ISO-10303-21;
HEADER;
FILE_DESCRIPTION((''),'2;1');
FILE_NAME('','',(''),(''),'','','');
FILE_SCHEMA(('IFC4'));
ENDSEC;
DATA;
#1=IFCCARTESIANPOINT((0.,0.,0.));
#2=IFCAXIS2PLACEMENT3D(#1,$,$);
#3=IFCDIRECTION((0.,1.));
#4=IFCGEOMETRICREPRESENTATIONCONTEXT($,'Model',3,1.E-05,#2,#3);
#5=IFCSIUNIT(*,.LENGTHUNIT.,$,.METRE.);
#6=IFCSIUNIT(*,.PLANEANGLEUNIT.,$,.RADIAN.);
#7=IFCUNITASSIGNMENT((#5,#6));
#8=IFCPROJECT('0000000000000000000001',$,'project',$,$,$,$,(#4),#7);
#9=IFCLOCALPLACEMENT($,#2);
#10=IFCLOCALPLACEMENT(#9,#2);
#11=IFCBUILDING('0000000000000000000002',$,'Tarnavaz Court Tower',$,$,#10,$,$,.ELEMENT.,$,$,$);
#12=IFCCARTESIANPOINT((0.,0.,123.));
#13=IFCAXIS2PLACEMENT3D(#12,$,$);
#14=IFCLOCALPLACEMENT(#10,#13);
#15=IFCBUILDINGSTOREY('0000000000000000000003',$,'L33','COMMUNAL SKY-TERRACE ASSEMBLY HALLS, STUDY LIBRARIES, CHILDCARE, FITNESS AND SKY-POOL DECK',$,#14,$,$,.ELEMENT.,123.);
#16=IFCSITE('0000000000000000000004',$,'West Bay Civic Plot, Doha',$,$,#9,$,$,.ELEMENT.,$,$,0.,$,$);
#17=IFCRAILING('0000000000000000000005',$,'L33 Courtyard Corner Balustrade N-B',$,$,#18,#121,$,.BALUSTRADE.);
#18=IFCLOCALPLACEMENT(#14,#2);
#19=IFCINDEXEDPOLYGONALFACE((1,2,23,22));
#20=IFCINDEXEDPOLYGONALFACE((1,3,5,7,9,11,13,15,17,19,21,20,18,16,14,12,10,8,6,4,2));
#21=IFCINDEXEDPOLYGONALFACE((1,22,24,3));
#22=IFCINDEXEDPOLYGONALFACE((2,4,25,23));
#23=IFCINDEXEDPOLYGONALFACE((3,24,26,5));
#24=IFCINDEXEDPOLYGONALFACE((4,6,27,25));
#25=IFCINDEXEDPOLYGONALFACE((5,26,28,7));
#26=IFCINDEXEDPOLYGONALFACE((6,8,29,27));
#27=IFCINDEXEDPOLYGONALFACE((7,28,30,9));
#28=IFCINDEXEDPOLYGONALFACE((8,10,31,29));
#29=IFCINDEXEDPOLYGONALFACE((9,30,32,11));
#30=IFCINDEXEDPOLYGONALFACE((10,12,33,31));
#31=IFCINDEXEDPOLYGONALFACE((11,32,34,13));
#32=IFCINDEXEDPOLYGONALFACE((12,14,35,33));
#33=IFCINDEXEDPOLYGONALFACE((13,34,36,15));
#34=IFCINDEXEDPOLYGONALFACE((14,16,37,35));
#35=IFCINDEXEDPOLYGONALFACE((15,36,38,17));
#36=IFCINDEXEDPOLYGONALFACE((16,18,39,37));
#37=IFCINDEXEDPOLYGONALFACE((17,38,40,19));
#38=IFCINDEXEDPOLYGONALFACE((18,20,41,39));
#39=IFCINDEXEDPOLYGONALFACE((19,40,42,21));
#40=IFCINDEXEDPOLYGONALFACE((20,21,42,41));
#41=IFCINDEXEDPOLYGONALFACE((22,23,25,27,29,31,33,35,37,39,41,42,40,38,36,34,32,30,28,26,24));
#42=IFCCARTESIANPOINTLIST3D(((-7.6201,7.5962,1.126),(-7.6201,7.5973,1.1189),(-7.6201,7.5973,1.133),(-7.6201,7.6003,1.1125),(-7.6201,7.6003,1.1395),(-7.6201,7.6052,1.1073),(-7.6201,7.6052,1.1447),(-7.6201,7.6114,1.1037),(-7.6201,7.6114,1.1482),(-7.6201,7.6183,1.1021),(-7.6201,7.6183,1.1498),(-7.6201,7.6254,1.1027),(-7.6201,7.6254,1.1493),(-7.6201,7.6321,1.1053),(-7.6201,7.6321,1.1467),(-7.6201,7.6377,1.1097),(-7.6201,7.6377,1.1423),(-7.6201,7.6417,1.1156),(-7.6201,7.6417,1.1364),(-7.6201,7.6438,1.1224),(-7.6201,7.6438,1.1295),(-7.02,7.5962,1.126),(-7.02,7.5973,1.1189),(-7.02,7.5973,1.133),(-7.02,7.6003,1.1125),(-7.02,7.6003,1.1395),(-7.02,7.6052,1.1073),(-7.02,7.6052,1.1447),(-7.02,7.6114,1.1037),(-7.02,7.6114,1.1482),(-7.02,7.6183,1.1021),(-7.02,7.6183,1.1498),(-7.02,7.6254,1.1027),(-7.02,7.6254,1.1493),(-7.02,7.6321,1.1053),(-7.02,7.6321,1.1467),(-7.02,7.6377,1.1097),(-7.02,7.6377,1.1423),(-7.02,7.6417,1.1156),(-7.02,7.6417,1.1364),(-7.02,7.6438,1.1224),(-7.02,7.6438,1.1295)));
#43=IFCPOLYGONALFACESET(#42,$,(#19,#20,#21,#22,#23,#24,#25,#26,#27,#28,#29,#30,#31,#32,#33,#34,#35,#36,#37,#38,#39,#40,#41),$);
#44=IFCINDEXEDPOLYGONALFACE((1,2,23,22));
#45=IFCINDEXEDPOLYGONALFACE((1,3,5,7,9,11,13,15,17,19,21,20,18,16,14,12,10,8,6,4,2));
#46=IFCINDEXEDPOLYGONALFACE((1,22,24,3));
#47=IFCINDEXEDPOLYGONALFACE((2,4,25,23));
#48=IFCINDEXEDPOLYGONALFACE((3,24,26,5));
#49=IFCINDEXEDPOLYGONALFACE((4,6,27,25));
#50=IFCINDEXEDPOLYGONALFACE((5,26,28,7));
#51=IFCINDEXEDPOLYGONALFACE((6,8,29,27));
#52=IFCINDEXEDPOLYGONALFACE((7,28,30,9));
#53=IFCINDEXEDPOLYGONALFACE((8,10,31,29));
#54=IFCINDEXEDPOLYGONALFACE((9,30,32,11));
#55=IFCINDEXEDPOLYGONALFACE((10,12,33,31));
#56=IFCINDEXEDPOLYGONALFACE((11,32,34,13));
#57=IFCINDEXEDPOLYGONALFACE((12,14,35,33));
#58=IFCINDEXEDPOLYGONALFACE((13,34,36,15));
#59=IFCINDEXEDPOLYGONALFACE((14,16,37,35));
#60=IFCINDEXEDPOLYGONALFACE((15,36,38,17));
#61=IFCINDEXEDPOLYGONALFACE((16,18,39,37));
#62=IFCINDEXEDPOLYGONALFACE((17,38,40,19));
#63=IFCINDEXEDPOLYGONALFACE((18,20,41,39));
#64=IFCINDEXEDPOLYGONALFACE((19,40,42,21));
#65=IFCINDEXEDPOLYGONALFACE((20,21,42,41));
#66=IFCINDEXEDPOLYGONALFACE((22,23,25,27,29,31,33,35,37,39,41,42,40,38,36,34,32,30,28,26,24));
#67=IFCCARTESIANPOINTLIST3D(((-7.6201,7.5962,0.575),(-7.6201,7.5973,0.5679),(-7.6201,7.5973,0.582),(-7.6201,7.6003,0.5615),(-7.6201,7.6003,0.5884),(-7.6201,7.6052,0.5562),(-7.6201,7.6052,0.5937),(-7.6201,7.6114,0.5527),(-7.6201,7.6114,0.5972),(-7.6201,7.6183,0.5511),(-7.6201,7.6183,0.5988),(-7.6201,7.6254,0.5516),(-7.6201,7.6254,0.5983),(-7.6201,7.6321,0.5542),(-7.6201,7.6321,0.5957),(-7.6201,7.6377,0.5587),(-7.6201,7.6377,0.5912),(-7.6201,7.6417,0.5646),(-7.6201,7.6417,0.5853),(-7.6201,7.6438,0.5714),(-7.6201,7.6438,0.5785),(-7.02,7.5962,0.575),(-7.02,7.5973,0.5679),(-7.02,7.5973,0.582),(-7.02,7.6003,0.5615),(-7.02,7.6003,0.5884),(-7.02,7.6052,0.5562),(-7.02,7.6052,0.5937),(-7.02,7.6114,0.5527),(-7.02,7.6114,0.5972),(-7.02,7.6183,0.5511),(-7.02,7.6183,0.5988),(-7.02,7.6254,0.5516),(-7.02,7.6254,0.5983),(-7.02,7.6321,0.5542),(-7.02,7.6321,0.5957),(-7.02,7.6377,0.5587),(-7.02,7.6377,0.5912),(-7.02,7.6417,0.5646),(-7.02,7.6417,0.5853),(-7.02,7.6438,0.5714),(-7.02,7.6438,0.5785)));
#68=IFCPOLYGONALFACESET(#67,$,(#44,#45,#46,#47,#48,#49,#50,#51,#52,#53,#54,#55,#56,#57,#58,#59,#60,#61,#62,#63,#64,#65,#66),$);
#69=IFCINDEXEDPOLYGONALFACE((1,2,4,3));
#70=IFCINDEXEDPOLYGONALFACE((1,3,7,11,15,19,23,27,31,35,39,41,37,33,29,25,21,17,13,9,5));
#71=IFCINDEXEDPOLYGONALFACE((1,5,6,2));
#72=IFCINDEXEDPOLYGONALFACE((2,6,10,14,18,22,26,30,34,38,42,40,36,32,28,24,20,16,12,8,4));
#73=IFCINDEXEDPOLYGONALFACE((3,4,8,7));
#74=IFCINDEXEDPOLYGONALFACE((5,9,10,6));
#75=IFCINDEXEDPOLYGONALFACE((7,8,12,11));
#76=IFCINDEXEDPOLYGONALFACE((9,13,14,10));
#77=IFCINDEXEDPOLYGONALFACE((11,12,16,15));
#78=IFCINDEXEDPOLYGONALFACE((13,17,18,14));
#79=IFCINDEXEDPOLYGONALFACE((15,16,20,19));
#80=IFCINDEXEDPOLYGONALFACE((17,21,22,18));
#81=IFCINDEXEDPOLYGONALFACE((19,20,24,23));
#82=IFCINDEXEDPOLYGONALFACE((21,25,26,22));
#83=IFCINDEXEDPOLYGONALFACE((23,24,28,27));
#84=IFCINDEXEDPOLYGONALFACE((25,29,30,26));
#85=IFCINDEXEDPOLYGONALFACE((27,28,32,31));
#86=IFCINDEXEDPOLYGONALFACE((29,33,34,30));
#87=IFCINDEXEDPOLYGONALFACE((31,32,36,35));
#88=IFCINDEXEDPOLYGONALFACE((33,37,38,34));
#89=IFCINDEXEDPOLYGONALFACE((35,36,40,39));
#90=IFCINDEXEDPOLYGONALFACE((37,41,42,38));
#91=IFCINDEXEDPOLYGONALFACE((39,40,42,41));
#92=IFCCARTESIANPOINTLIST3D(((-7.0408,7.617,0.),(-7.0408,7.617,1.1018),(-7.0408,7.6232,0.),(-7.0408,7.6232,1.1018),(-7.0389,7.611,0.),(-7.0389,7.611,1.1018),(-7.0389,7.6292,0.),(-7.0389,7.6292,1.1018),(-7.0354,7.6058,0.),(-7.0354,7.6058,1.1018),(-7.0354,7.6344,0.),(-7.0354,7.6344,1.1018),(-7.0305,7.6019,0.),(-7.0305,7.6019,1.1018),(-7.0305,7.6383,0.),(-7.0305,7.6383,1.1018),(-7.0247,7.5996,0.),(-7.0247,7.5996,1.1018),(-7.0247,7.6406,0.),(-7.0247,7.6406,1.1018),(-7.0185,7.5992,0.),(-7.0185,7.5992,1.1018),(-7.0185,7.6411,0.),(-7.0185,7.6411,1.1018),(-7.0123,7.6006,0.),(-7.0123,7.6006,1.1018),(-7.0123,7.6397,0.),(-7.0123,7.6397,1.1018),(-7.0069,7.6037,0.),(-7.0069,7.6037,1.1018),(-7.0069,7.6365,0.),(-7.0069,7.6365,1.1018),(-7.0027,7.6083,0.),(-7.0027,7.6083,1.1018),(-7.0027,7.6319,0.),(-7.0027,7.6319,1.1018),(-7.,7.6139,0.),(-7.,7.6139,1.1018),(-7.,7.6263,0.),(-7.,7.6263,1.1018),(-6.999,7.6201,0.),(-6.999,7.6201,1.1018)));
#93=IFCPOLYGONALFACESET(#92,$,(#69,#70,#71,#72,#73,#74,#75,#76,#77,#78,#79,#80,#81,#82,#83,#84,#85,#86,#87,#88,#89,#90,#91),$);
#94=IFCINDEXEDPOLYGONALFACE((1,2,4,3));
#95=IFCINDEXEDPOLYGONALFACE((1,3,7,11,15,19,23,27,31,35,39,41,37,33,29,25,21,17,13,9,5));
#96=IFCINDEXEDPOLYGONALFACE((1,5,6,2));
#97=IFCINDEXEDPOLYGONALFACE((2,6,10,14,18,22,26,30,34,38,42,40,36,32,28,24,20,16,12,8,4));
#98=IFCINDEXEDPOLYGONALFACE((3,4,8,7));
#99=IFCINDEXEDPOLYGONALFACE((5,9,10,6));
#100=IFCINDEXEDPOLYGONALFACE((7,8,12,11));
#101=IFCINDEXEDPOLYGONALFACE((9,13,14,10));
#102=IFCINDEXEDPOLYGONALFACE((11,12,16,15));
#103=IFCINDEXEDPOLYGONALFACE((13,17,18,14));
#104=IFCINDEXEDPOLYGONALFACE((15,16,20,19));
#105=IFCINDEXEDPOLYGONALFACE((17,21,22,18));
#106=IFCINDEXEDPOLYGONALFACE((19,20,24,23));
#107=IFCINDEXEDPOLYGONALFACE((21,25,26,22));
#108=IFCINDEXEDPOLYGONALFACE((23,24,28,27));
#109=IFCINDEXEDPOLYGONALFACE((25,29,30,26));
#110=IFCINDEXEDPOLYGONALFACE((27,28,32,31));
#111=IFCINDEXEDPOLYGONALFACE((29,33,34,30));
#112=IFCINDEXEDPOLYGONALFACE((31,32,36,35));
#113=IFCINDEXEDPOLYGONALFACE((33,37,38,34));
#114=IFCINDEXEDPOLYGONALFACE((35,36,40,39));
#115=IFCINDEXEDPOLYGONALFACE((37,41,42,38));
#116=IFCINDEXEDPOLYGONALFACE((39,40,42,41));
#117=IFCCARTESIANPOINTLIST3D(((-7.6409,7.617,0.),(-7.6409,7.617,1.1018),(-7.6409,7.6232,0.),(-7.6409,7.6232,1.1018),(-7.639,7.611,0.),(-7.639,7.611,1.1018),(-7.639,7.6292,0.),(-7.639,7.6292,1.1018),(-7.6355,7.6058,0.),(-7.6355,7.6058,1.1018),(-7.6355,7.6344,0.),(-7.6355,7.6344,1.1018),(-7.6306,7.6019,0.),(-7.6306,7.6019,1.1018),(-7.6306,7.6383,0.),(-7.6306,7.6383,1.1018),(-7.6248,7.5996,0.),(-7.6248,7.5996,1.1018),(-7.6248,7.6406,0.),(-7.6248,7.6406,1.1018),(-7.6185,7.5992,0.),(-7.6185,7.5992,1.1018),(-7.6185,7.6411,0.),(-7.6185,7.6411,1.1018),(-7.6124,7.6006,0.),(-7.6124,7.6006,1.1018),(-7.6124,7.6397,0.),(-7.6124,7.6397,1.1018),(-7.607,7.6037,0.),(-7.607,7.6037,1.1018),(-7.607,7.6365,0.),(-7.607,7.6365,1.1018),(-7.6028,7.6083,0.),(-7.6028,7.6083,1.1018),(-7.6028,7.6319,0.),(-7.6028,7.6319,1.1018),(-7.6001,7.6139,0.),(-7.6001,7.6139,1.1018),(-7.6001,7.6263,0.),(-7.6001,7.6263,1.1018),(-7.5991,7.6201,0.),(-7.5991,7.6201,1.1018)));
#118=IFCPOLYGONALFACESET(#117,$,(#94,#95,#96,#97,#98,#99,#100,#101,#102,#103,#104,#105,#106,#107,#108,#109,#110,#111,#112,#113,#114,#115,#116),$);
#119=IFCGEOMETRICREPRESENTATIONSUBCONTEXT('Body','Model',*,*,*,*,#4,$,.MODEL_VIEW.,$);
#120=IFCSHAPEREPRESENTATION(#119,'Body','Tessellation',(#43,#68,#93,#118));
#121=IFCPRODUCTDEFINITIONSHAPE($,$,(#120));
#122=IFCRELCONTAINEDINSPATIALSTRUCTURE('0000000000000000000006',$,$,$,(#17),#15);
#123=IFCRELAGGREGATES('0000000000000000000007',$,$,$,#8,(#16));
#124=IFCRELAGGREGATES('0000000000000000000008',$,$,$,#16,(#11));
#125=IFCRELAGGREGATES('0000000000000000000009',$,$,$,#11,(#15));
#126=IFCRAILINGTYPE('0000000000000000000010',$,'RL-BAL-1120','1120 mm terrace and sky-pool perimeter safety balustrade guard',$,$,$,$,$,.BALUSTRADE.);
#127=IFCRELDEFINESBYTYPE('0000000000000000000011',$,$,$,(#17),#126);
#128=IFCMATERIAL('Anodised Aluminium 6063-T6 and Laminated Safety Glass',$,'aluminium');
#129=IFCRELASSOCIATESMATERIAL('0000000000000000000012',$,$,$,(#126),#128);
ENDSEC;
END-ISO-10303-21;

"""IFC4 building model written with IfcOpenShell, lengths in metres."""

from ifc_helpers import new_model, si_unit, direction, frame, origin, origin_2d, place, context, subcontext, project, spatial, circle, extrude, material, type_object, element, save


model = new_model("IFC4")

# Units and contexts
model_context = context("Model", 3, precision=1e-05, world=origin(), true_north=direction((0.0, 1.0)))
body_context = subcontext(model_context, "Body", "Model", "MODEL_VIEW")
ifc_project = project(units=[si_unit("LENGTHUNIT", "METRE"), si_unit("PLANEANGLEUNIT", "RADIAN")], contexts=[model_context])

# Site, building, storey
site_placement = place(None, origin())
site = spatial("IfcSite", under=ifc_project, at=site_placement, Name="West Bay Civic Plot, Doha", CompositionType="ELEMENT", RefElevation=0.0)
building_placement = place(site_placement, origin())
building = spatial("IfcBuilding", under=site, at=building_placement, Name="Tarnavaz Court Tower", CompositionType="ELEMENT")
storey_placement = place(building_placement, frame((0.0, 0.0, 123.0)))
storey = spatial("IfcBuildingStorey", under=building, at=storey_placement, Name="L33", Description="COMMUNAL SKY-TERRACE ASSEMBLY HALLS, STUDY LIBRARIES, CHILDCARE, FITNESS AND SKY-POOL DECK", CompositionType="ELEMENT", Elevation=123.0)

# Railing
ifc_material_1 = material(Name="Anodised Aluminium 6063-T6 and Laminated Safety Glass", Category="aluminium")
railing_type_1 = type_object("IfcRailingType", Name="RL-BAL-1120", Description="1120 mm terrace and sky-pool perimeter safety balustrade guard", PredefinedType="BALUSTRADE", material=ifc_material_1)
railing_1_placement = place(storey_placement, frame((-7.02, 7.6201, 0.0)))
element("IfcRailing", 1, at=railing_1_placement, inside=storey, type_object=railing_type_1, Name="L33 Courtyard Corner Balustrade N-B", PredefinedType="BALUSTRADE", context=body_context, shape_type="SweptSolid", body=[
    extrude(circle(Radius=0.0239, at=origin_2d()), frame((0.0, 0.0, 1.126), z_axis=(-1.0, 0.0, 0.0), x_axis=(0.0, -1.0, 0.0)), (0.0, 0.0, 1.0), 0.6001),
    extrude(circle(Radius=0.0239, at=origin_2d()), frame((0.0, 0.0, 0.575), z_axis=(-1.0, 0.0, 0.0), x_axis=(0.0, -1.0, 0.0)), (0.0, 0.0, 1.0), 0.6001),
    extrude(circle(Radius=0.021, at=origin_2d()), origin(), (0.0, 0.0, 1.0), 1.1018),
    extrude(circle(Radius=0.021, at=origin_2d()), frame((-0.6001, 0.0, 0.0)), (0.0, 0.0, 1.0), 1.1018),
])

save(model, "model.ifc")
